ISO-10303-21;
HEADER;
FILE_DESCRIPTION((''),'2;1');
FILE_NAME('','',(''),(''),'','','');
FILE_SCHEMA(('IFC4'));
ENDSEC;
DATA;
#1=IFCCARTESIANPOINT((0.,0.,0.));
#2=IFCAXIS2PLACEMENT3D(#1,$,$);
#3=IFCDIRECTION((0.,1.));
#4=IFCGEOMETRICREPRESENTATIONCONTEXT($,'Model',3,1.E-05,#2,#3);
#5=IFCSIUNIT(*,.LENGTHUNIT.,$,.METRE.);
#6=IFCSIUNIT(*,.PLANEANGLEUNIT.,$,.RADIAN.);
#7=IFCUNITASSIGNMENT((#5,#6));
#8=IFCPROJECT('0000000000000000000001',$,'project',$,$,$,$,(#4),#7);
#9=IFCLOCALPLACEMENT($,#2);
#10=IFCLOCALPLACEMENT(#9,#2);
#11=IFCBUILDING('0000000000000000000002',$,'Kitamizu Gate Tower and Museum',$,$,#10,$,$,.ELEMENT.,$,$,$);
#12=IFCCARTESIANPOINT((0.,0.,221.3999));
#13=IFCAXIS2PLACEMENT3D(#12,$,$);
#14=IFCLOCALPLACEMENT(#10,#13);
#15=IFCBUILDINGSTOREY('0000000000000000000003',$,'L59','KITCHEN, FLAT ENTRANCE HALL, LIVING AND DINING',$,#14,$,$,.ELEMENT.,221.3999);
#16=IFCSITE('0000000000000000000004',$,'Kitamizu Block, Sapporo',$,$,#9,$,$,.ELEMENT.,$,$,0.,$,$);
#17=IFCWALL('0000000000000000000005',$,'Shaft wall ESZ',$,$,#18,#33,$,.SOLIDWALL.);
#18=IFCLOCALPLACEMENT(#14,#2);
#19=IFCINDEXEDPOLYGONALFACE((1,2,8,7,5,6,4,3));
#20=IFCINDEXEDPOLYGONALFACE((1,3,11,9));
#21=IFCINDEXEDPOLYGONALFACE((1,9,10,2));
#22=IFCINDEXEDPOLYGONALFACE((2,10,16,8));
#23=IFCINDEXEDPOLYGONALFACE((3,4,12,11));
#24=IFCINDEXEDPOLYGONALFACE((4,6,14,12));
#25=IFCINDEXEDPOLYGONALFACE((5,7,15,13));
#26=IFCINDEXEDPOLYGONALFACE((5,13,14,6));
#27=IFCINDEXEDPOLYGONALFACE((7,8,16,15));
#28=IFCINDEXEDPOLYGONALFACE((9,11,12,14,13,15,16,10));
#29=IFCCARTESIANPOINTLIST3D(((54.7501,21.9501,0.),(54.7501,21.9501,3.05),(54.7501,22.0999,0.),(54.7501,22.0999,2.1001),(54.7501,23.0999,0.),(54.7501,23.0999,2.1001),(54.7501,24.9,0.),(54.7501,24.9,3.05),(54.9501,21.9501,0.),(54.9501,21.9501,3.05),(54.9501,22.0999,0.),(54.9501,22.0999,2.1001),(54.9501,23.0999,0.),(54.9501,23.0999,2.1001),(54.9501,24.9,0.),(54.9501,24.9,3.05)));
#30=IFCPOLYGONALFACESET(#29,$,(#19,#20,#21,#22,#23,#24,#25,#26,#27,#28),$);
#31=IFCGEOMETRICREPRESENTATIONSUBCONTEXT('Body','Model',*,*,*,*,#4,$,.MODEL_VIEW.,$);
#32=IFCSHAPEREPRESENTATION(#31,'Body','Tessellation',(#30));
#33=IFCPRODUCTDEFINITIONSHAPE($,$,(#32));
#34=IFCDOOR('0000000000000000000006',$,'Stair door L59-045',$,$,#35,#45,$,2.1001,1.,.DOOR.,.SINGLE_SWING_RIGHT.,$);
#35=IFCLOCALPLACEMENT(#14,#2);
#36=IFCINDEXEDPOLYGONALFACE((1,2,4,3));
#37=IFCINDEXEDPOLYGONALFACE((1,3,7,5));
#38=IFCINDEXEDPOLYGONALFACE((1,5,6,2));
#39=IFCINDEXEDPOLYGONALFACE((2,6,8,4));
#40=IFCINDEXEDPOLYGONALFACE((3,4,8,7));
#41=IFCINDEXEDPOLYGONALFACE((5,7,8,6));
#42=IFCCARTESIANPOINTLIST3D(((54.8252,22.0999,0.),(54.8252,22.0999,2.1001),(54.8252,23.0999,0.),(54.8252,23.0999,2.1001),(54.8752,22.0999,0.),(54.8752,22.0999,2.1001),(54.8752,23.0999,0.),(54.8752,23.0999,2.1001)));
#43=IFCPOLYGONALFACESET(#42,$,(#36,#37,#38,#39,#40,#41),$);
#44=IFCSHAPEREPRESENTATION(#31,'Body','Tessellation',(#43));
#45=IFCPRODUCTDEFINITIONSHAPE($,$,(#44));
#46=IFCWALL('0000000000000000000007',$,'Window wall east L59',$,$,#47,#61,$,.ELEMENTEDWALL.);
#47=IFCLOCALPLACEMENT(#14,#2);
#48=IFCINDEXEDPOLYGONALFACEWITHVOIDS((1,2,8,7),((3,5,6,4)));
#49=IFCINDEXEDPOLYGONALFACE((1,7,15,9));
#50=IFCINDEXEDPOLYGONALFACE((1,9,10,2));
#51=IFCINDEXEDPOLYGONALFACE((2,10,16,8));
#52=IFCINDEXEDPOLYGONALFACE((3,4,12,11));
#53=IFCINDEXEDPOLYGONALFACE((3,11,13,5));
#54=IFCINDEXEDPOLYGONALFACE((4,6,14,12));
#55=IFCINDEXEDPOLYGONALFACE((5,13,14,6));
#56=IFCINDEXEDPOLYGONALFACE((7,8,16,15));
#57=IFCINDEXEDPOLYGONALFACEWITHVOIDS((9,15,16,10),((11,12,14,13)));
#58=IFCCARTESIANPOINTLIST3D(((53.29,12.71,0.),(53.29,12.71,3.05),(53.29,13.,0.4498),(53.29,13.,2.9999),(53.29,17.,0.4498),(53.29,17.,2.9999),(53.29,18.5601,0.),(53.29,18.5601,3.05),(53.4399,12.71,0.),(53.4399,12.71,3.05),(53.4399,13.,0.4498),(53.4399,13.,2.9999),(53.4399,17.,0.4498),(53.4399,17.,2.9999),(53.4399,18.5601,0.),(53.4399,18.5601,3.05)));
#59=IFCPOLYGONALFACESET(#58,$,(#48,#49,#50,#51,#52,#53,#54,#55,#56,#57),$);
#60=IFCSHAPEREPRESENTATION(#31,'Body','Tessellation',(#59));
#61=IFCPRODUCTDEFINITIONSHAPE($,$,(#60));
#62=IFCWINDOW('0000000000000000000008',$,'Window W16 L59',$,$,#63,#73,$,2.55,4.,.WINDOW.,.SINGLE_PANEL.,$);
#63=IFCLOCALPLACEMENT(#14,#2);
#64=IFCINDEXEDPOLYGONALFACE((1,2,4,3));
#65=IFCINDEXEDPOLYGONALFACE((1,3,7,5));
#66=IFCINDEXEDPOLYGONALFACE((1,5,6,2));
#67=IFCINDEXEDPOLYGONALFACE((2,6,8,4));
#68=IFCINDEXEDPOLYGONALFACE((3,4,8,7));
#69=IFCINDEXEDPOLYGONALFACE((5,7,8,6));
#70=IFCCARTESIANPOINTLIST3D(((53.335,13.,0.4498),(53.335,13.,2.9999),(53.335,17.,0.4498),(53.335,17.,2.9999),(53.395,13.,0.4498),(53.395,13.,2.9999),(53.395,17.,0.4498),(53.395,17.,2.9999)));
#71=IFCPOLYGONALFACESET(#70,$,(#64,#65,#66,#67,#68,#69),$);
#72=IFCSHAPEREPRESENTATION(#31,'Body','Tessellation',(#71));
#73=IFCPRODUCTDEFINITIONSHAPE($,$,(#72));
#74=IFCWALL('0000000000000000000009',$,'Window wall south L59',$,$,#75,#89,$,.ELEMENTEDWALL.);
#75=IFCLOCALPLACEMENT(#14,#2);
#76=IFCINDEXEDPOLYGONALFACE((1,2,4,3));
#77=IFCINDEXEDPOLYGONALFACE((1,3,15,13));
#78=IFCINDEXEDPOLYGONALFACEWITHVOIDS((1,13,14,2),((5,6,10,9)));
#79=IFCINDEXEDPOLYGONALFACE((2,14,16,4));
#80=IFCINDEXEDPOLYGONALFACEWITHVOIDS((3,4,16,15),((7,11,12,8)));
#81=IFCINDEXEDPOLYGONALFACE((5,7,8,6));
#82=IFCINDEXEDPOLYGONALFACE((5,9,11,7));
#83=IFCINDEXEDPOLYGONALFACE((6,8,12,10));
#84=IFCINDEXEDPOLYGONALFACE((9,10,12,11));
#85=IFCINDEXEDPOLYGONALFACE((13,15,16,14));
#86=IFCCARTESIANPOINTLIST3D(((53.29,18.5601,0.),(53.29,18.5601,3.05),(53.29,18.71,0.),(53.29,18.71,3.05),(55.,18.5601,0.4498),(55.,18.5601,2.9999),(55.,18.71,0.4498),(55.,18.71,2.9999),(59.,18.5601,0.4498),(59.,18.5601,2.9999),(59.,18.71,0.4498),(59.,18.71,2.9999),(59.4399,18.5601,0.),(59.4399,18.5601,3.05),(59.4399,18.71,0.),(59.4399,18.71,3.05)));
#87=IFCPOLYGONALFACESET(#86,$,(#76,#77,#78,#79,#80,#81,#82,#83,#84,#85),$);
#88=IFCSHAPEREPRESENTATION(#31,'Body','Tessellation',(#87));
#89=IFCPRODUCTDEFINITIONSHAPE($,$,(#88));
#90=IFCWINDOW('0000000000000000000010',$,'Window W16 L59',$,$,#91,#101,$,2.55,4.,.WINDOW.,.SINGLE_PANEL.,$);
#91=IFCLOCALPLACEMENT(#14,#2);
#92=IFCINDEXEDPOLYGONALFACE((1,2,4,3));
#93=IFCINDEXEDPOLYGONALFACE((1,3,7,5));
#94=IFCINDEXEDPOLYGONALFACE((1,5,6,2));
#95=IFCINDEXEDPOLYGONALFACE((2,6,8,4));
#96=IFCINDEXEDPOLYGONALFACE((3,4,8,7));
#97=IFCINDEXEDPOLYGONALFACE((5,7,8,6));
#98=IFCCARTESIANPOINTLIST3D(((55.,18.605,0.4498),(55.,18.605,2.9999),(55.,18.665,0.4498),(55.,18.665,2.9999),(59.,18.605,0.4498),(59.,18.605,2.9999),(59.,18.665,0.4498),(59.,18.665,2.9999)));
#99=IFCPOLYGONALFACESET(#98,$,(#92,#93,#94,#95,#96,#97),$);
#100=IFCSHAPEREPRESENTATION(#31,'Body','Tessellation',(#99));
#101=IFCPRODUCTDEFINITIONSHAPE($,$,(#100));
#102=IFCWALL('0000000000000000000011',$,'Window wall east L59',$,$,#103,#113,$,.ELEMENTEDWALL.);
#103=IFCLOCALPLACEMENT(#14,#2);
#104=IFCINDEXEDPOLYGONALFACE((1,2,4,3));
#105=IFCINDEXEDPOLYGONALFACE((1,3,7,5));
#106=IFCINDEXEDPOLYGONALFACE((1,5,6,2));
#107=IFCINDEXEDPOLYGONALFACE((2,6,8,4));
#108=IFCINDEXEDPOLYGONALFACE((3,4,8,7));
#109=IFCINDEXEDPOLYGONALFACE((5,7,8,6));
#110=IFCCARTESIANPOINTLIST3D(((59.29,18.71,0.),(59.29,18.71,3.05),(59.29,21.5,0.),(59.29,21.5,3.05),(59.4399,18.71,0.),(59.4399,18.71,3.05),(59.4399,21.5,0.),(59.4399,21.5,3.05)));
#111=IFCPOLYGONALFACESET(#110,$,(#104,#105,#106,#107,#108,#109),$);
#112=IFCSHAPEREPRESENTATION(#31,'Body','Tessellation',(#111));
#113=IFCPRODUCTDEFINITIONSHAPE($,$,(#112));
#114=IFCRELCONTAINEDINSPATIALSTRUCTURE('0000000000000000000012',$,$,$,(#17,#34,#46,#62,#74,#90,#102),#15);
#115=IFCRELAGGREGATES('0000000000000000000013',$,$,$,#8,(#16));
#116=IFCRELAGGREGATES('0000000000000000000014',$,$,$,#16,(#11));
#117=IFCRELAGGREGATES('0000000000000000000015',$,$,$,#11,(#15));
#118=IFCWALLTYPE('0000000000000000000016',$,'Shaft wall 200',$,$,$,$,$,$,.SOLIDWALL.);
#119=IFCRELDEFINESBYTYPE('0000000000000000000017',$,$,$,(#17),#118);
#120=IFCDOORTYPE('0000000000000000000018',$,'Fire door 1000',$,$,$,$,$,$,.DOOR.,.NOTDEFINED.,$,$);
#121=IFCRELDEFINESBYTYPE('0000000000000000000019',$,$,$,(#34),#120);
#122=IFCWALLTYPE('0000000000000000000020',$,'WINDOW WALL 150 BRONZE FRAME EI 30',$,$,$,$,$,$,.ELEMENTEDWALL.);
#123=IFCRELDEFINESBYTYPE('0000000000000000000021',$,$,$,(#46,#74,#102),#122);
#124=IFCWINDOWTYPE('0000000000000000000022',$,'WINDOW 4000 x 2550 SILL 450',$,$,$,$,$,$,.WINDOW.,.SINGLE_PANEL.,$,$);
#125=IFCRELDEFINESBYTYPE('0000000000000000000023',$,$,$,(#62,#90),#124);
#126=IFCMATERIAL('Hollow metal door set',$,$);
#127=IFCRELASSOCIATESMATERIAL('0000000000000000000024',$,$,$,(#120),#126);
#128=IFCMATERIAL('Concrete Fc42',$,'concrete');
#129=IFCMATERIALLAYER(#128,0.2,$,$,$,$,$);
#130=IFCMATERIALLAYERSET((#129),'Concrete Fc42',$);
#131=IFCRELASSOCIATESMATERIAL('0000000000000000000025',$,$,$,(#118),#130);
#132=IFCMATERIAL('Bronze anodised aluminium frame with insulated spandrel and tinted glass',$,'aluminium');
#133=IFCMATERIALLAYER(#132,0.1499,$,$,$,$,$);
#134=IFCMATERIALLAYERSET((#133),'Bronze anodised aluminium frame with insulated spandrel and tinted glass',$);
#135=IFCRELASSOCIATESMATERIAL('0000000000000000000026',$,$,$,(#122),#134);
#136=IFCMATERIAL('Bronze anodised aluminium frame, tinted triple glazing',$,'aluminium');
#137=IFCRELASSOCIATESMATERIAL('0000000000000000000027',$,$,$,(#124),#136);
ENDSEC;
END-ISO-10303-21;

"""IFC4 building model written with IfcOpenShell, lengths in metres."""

from ifc_helpers import new_model, si_unit, direction, frame, frame_2d, origin, place, context, subcontext, project, spatial, rectangle, extrude, material, layer, layer_set, type_object, element, fill, save


model = new_model("IFC4")

# Units and contexts
model_context = context("Model", 3, precision=1e-05, world=origin(), true_north=direction((0.0, 1.0)))
body_context = subcontext(model_context, "Body", "Model", "MODEL_VIEW")
ifc_project = project(units=[si_unit("LENGTHUNIT", "METRE"), si_unit("PLANEANGLEUNIT", "RADIAN")], contexts=[model_context])

# Site, building, storey
site_placement = place(None, origin())
site = spatial("IfcSite", under=ifc_project, at=site_placement, Name="Kitamizu Block, Sapporo", CompositionType="ELEMENT", RefElevation=0.0)
building_placement = place(site_placement, origin())
building = spatial("IfcBuilding", under=site, at=building_placement, Name="Kitamizu Gate Tower and Museum", CompositionType="ELEMENT")
storey_placement = place(building_placement, frame((0.0, 0.0, 221.3999)))
storey = spatial("IfcBuildingStorey", under=building, at=storey_placement, Name="L59", Description="KITCHEN, FLAT ENTRANCE HALL, LIVING AND DINING", CompositionType="ELEMENT", Elevation=221.3999)

# Shared definitions
ifc_material_1 = material(Name="Hollow metal door set")
door_type_1 = type_object("IfcDoorType", Name="Fire door 1000", OperationType="NOTDEFINED", PredefinedType="DOOR", material=ifc_material_1)

# Shared definitions
ifc_material_2 = material(Name="Concrete Fc42", Category="concrete")
ifc_layer_1 = layer(ifc_material_2, 0.2)
ifc_layer_set_1 = layer_set([ifc_layer_1], Name="Concrete Fc42")
wall_type_1 = type_object("IfcWallType", Name="Shaft wall 200", PredefinedType="SOLIDWALL", material=ifc_layer_set_1)

# Wall, opening, door
wall_1_placement = place(storey_placement, frame((54.8501, 21.95, 0.0), z_axis=(0.0, 0.0, 1.0), x_axis=(0.0, 1.0, 0.0)))
wall_1 = element("IfcWall", 1, at=wall_1_placement, inside=storey, type_object=wall_type_1, Name="Shaft wall ESZ", PredefinedType="SOLIDWALL", context=body_context, shape_type="SweptSolid", body=[
    extrude(rectangle(XDim=2.95, YDim=0.2, at=frame_2d((1.4751, 0.0))), origin(), (0.0, 0.0, 1.0), 3.05),
])
opening_1_placement = place(wall_1_placement, frame((0.1499, 0.0, 0.0)))
opening_1 = element("IfcOpeningElement", 2, at=opening_1_placement, cuts=wall_1, PredefinedType="OPENING", context=body_context, shape_type="SweptSolid", body=[
    extrude(rectangle(XDim=1.0, YDim=2.1001, at=frame_2d((0.5, 1.05))), frame((0.0, 0.1099, 0.0), z_axis=(0.0, -1.0, 0.0), x_axis=(1.0, 0.0, 0.0)), (0.0, 0.0, 1.0), 0.22),
])
door_1_placement = place(opening_1_placement, origin())
door_1 = element("IfcDoor", 3, at=door_1_placement, inside=storey, type_object=door_type_1, Name="Stair door L59-045", OperationType="SINGLE_SWING_RIGHT", OverallHeight=2.1001, OverallWidth=1.0, PredefinedType="DOOR", context=body_context, shape_type="SweptSolid", body=[
    extrude(rectangle(XDim=1.0, YDim=2.1001, at=frame_2d((0.5, 1.05))), frame((0.0, 0.0249, 0.0), z_axis=(0.0, -1.0, 0.0), x_axis=(1.0, 0.0, 0.0)), (0.0, 0.0, 1.0), 0.05),
])
fill(opening_1, door_1)

# Walls, openings, windows
ifc_material_3 = material(Name="Bronze anodised aluminium frame with insulated spandrel and tinted glass", Category="aluminium")
ifc_layer_2 = layer(ifc_material_3, 0.1499)
ifc_layer_set_2 = layer_set([ifc_layer_2], Name="Bronze anodised aluminium frame with insulated spandrel and tinted glass")
wall_type_2 = type_object("IfcWallType", Name="WINDOW WALL 150 BRONZE FRAME EI 30", PredefinedType="ELEMENTEDWALL", material=ifc_layer_set_2)
wall_2_placement = place(storey_placement, frame((53.365, 12.71, 0.0), z_axis=(0.0, 0.0, 1.0), x_axis=(0.0, 1.0, 0.0)))
wall_2 = element("IfcWall", 4, at=wall_2_placement, inside=storey, type_object=wall_type_2, Name="Window wall east L59", PredefinedType="ELEMENTEDWALL", context=body_context, shape_type="SweptSolid", body=[
    extrude(rectangle(XDim=5.8501, YDim=0.1499, at=frame_2d((2.925, 0.0))), origin(), (0.0, 0.0, 1.0), 3.05),
])
opening_2_placement = place(wall_2_placement, frame((0.29, 0.0, 0.45)))
opening_2 = element("IfcOpeningElement", 5, at=opening_2_placement, cuts=wall_2, PredefinedType="OPENING", context=body_context, shape_type="SweptSolid", body=[
    extrude(rectangle(XDim=4.0, YDim=2.55, at=frame_2d((2.0, 1.2749))), frame((0.0, 0.085, 0.0), z_axis=(0.0, -1.0, 0.0), x_axis=(1.0, 0.0, 0.0)), (0.0, 0.0, 1.0), 0.1699),
])
ifc_material_4 = material(Name="Bronze anodised aluminium frame, tinted triple glazing", Category="aluminium")
window_type = type_object("IfcWindowType", Name="WINDOW 4000 x 2550 SILL 450", PartitioningType="SINGLE_PANEL", PredefinedType="WINDOW", material=ifc_material_4)
window_1_placement = place(opening_2_placement, origin())
window_1 = element("IfcWindow", 6, at=window_1_placement, inside=storey, type_object=window_type, Name="Window W16 L59", OverallHeight=2.55, OverallWidth=4.0, PartitioningType="SINGLE_PANEL", PredefinedType="WINDOW", context=body_context, shape_type="SweptSolid", body=[
    extrude(rectangle(XDim=4.0, YDim=2.55, at=frame_2d((2.0, 1.2749))), frame((0.0, 0.03, 0.0), z_axis=(0.0, -1.0, 0.0), x_axis=(1.0, 0.0, 0.0)), (0.0, 0.0, 1.0), 0.0601),
])
fill(opening_2, window_1)
wall_3_placement = place(storey_placement, frame((53.29, 18.635, 0.0), z_axis=(0.0, 0.0, 1.0), x_axis=(1.0, 0.0, 0.0)))
wall_3 = element("IfcWall", 7, at=wall_3_placement, inside=storey, type_object=wall_type_2, Name="Window wall south L59", PredefinedType="ELEMENTEDWALL", context=body_context, shape_type="SweptSolid", body=[
    extrude(rectangle(XDim=6.1499, YDim=0.1499, at=frame_2d((3.075, 0.0))), origin(), (0.0, 0.0, 1.0), 3.05),
])
opening_3_placement = place(wall_3_placement, frame((1.71, 0.0, 0.45)))
opening_3 = element("IfcOpeningElement", 8, at=opening_3_placement, cuts=wall_3, PredefinedType="OPENING", context=body_context, shape_type="SweptSolid", body=[
    extrude(rectangle(XDim=4.0, YDim=2.55, at=frame_2d((2.0, 1.2749))), frame((0.0, 0.085, 0.0), z_axis=(0.0, -1.0, 0.0), x_axis=(1.0, 0.0, 0.0)), (0.0, 0.0, 1.0), 0.1699),
])
window_2_placement = place(opening_3_placement, origin())
window_2 = element("IfcWindow", 9, at=window_2_placement, inside=storey, type_object=window_type, Name="Window W16 L59", OverallHeight=2.55, OverallWidth=4.0, PartitioningType="SINGLE_PANEL", PredefinedType="WINDOW", context=body_context, shape_type="SweptSolid", body=[
    extrude(rectangle(XDim=4.0, YDim=2.55, at=frame_2d((2.0, 1.2749))), frame((0.0, 0.03, 0.0), z_axis=(0.0, -1.0, 0.0), x_axis=(1.0, 0.0, 0.0)), (0.0, 0.0, 1.0), 0.0601),
])
fill(opening_3, window_2)

# Wall
wall_4_placement = place(storey_placement, frame((59.365, 18.71, 0.0), z_axis=(0.0, 0.0, 1.0), x_axis=(0.0, 1.0, 0.0)))
element("IfcWall", 10, at=wall_4_placement, inside=storey, type_object=wall_type_2, Name="Window wall east L59", PredefinedType="ELEMENTEDWALL", context=body_context, shape_type="SweptSolid", body=[
    extrude(rectangle(XDim=2.79, YDim=0.1499, at=frame_2d((1.395, 0.0))), origin(), (0.0, 0.0, 1.0), 3.05),
])

save(model, "model.ifc")
